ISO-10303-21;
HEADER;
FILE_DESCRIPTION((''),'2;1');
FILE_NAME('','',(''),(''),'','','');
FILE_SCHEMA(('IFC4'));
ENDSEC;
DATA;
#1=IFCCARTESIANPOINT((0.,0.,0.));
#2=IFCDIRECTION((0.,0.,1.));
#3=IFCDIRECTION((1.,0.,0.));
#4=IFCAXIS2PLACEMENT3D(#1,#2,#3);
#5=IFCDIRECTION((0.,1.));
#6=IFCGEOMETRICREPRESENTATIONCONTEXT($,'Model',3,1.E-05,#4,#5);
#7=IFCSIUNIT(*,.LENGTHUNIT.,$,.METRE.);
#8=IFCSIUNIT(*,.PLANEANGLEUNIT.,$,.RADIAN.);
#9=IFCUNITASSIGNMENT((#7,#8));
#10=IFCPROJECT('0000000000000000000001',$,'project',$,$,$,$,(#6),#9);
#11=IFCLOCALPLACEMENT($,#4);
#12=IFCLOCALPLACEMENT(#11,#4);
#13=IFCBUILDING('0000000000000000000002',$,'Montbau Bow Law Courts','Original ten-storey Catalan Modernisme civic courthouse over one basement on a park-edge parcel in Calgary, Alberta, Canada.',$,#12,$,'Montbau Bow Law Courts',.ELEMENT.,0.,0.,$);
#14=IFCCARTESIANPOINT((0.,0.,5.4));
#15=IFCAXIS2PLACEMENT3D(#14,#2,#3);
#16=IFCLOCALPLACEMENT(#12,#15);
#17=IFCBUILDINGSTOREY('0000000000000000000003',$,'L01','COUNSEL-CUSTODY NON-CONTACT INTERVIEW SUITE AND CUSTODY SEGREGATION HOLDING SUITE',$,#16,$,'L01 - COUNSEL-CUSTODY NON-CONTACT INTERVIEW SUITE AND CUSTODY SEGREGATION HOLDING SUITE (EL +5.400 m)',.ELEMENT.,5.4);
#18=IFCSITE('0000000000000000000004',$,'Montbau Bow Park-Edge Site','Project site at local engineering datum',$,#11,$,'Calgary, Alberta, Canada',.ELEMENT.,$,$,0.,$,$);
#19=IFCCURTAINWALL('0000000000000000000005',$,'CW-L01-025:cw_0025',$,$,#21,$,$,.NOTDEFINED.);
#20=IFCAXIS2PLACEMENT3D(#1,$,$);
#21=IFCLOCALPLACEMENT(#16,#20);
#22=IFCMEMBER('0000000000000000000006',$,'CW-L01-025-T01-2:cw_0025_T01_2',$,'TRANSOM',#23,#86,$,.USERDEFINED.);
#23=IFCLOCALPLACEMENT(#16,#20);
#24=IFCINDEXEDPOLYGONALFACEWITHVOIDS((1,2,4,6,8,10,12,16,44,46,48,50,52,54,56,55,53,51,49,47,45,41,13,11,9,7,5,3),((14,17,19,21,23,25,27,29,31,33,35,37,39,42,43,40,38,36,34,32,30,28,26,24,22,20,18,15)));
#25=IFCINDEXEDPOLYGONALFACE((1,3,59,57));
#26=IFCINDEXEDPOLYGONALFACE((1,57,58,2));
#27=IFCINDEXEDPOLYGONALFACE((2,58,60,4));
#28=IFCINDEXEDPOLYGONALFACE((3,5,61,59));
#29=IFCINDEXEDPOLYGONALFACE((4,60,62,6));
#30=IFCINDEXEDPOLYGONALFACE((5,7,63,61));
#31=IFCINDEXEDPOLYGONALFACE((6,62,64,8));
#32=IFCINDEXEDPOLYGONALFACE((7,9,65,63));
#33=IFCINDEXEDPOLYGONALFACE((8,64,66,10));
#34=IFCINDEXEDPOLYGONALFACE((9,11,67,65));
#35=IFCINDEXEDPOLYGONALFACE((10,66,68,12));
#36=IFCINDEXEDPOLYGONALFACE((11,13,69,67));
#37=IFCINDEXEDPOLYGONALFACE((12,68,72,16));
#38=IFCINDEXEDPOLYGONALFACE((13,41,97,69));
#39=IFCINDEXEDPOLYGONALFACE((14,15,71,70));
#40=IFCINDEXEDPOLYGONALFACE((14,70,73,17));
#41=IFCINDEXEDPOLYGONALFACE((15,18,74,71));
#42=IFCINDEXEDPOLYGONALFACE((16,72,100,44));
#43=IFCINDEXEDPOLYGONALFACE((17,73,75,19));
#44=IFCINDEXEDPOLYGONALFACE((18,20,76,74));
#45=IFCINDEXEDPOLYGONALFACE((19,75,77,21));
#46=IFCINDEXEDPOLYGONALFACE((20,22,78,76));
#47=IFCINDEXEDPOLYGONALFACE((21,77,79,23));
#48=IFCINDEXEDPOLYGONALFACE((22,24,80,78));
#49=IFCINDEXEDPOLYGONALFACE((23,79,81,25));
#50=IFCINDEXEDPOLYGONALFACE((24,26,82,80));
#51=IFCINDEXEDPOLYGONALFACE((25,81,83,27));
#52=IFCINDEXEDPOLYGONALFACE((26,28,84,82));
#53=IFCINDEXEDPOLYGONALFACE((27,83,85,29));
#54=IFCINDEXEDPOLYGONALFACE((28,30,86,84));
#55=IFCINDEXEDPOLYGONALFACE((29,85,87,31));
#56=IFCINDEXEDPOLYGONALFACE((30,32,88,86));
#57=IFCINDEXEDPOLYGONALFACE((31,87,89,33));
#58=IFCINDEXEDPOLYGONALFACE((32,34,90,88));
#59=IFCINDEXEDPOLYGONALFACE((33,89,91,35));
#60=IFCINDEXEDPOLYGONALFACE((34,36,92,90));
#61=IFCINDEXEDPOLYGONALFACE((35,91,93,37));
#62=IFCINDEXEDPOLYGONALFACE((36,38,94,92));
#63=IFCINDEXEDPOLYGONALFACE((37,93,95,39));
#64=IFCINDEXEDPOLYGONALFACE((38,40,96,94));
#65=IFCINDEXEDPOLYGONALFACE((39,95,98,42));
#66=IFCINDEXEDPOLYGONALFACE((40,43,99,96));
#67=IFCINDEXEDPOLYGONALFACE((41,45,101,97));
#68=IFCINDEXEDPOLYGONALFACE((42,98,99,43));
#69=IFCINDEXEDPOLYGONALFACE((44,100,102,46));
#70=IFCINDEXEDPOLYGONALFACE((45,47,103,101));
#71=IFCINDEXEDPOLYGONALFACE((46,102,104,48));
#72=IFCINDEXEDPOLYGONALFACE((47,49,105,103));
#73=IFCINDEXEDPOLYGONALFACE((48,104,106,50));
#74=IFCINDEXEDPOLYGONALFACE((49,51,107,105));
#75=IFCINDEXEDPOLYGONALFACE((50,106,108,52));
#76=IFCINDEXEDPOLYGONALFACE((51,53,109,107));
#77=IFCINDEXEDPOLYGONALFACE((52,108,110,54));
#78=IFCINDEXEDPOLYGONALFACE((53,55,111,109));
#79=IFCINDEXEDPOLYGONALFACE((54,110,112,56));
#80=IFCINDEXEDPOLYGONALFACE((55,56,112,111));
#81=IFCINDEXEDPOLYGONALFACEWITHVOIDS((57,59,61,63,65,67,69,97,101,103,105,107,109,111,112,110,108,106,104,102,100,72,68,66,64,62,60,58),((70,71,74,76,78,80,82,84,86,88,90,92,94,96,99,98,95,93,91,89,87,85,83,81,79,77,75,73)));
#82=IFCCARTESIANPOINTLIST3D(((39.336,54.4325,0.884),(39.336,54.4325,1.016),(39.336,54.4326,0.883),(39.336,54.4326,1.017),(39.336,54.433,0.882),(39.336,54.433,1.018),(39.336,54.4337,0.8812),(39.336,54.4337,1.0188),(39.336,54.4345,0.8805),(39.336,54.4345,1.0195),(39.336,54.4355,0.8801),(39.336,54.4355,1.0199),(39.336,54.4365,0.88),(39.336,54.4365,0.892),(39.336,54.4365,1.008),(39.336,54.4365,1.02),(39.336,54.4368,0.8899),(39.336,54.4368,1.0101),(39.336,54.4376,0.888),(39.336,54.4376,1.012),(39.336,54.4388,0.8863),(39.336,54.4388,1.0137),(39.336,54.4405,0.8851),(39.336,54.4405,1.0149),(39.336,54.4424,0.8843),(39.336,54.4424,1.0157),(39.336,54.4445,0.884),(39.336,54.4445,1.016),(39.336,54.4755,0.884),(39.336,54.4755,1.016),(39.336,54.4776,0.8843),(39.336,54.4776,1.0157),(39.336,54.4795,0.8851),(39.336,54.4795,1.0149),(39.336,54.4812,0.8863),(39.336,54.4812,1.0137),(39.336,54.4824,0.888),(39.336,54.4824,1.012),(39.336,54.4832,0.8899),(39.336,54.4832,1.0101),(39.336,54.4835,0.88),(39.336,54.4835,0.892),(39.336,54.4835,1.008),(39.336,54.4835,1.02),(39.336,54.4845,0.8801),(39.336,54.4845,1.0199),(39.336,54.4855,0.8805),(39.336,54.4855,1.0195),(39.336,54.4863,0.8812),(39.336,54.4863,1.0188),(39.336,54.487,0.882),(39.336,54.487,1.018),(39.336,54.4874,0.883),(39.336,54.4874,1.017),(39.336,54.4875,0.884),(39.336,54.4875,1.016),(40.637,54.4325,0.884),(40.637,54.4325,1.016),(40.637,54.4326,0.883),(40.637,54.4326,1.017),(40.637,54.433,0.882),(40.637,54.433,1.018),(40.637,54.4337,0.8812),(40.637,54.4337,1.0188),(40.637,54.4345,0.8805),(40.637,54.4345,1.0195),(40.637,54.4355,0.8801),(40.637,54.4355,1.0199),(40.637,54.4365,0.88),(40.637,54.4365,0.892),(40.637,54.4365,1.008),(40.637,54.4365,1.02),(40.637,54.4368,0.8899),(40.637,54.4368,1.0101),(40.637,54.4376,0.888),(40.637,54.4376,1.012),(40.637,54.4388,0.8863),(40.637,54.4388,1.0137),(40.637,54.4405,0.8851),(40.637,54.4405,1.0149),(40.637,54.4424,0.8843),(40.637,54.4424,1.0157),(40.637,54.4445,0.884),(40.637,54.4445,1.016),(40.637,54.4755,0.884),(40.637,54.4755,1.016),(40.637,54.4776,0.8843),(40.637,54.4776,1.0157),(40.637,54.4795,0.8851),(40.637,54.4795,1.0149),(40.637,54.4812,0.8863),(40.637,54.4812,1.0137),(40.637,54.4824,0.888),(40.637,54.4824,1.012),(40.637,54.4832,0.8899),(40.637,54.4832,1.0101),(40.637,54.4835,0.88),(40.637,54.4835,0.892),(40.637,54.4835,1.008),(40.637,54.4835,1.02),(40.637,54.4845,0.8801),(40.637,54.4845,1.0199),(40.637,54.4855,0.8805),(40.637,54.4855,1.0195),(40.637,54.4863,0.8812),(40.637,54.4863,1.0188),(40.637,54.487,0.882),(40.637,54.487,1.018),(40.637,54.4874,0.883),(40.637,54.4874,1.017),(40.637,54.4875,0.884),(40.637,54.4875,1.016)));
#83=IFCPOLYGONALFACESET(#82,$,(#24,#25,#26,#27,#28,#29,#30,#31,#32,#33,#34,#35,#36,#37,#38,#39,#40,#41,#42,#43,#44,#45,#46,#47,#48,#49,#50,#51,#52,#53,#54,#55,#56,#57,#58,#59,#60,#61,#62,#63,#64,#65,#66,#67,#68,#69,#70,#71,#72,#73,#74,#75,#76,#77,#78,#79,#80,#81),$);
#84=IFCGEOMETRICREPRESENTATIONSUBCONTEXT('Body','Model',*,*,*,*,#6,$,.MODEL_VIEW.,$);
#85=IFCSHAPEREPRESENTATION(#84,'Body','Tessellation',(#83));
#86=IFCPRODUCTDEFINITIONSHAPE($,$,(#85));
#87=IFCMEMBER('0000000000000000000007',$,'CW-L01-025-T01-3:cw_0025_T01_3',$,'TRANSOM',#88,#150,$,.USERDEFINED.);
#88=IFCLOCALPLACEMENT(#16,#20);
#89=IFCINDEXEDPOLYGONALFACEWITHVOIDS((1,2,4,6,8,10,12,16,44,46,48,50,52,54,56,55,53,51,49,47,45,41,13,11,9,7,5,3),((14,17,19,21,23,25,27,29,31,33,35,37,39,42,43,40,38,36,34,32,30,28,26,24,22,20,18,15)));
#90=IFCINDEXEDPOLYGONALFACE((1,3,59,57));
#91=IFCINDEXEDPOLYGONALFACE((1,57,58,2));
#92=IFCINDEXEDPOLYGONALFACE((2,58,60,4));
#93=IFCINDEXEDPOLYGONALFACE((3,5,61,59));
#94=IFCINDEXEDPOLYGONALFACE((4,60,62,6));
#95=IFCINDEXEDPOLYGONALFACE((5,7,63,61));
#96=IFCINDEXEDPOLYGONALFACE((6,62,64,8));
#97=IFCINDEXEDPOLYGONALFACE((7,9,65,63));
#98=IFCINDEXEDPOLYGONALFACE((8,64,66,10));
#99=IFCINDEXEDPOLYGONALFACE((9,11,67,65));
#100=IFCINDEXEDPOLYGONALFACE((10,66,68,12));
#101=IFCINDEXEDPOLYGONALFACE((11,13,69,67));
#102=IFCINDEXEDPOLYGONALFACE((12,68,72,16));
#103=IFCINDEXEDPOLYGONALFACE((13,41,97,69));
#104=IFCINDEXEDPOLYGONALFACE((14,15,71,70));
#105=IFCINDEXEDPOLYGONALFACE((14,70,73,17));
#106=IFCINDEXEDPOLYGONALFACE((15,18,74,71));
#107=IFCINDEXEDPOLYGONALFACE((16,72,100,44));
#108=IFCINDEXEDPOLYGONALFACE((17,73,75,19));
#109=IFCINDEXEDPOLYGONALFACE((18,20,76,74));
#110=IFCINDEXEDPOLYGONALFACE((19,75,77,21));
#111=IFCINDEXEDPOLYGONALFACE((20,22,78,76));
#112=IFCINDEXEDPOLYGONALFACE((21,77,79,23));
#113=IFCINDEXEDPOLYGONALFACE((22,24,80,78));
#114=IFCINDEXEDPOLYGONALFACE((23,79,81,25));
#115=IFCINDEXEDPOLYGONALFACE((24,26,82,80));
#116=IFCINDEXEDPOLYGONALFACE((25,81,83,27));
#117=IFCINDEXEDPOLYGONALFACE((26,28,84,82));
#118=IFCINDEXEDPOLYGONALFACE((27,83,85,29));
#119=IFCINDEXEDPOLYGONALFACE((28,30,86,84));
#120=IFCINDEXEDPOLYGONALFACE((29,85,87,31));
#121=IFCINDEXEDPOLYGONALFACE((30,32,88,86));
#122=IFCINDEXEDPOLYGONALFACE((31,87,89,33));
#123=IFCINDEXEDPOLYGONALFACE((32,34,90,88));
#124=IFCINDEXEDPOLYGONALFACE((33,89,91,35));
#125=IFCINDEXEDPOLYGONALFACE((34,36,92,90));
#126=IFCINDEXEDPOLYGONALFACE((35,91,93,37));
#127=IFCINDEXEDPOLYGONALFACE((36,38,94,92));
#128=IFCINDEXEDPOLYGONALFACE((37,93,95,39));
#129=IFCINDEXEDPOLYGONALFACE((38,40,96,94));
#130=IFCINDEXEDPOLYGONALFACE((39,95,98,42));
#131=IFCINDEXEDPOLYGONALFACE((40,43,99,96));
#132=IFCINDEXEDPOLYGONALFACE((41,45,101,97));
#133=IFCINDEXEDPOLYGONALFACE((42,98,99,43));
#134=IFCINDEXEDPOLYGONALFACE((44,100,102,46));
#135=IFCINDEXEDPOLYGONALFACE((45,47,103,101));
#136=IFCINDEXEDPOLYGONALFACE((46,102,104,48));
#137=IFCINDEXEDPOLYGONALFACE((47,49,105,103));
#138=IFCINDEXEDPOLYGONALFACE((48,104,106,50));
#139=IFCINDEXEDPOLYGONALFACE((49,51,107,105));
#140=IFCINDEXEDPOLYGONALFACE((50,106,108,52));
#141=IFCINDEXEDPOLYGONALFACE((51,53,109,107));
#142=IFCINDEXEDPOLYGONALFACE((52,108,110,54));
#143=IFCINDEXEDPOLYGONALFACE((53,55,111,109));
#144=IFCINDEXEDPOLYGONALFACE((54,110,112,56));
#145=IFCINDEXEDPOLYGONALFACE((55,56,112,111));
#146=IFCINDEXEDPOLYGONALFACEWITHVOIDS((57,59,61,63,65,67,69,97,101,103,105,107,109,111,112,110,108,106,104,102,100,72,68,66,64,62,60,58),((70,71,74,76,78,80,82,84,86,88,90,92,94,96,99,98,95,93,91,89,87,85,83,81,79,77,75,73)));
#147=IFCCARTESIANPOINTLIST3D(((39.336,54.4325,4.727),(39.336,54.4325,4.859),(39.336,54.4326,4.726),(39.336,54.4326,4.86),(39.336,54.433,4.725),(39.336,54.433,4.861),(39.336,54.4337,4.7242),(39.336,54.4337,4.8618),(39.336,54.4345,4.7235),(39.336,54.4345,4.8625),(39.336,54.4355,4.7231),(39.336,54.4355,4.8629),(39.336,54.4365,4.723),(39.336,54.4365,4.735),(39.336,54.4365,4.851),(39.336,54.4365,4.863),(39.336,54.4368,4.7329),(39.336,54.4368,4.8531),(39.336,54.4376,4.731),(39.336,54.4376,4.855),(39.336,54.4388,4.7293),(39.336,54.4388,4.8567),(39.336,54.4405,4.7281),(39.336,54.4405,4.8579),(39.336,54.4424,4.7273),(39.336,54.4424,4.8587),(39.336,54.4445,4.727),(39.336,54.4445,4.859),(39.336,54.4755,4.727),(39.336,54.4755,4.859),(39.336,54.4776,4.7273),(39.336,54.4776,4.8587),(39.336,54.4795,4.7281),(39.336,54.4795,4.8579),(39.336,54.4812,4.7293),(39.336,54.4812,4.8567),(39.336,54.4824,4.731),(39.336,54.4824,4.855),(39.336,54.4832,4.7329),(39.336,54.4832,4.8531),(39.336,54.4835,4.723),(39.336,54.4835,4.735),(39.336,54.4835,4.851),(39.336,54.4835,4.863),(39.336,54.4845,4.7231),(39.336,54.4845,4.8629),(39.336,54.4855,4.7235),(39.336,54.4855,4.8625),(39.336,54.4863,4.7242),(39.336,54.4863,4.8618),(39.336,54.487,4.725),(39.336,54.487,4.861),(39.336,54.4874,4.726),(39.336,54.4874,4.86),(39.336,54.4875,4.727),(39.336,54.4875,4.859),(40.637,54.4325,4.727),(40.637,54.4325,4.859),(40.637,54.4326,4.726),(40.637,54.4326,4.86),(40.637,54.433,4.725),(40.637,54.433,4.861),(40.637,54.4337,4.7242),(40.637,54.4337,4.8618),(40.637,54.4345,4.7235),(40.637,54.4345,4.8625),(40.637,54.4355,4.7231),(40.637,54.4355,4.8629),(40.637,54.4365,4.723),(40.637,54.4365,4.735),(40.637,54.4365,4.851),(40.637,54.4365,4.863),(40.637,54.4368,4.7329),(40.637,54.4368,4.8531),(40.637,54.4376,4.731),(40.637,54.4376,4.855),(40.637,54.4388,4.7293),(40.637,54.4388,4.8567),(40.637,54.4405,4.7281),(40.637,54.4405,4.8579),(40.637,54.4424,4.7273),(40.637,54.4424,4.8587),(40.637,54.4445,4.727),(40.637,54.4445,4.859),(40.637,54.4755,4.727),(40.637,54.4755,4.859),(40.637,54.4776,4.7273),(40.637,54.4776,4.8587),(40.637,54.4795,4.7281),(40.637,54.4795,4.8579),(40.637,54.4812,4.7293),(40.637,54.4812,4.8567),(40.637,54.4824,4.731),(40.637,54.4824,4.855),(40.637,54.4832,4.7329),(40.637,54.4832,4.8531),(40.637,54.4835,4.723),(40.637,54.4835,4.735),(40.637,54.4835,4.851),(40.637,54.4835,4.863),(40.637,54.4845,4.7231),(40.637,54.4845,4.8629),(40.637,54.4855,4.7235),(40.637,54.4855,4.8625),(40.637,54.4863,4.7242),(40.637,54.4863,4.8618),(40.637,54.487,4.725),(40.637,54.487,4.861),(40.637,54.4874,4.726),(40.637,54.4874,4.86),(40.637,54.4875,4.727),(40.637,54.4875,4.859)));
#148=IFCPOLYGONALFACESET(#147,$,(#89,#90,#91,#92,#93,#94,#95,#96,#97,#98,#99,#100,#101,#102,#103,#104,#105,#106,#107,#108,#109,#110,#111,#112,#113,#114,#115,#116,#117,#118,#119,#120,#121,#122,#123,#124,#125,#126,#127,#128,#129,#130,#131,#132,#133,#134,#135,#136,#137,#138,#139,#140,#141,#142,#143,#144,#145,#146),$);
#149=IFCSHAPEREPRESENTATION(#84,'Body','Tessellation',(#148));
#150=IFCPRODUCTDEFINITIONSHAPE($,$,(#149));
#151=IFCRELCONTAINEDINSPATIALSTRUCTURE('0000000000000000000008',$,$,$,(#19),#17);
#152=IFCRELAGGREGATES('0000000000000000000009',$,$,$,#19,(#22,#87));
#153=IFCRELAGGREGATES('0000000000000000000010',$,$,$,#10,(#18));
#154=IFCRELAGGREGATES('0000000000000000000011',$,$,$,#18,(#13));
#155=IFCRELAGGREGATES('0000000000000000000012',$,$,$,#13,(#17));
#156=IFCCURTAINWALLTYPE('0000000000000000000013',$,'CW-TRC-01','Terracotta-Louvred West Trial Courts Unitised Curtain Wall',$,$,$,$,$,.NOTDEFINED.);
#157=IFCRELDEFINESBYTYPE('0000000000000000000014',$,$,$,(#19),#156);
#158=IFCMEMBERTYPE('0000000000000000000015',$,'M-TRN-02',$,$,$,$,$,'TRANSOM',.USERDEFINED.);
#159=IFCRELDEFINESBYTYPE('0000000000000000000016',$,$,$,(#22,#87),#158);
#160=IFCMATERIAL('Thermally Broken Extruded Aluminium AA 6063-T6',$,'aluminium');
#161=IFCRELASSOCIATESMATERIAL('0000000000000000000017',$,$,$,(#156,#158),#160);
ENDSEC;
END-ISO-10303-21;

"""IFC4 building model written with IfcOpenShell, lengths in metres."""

from ifc_helpers import new_model, si_unit, direction, frame, origin_with_axes, origin_2d_with_axis, place, context, subcontext, project, spatial, hollow_rectangle, extrude, material, material_profile, profile_set, type_object, element, aggregate, save


model = new_model("IFC4")

# Units and contexts
model_context = context("Model", 3, precision=1e-05, world=origin_with_axes(), true_north=direction((0.0, 1.0)))
body_context = subcontext(model_context, "Body", "Model", "MODEL_VIEW")
ifc_project = project(units=[si_unit("LENGTHUNIT", "METRE"), si_unit("PLANEANGLEUNIT", "RADIAN")], contexts=[model_context])

# Site, building, storey
site_placement = place(None, origin_with_axes())
site = spatial("IfcSite", under=ifc_project, at=site_placement, Name="Montbau Bow Park-Edge Site", Description="Project site at local engineering datum", LongName="Calgary, Alberta, Canada", CompositionType="ELEMENT", RefElevation=0.0)
building_placement = place(site_placement, origin_with_axes())
building = spatial("IfcBuilding", under=site, at=building_placement, Name="Montbau Bow Law Courts", Description="Original ten-storey Catalan Modernisme civic courthouse over one basement on a park-edge parcel in Calgary, Alberta, Canada.", LongName="Montbau Bow Law Courts", CompositionType="ELEMENT", ElevationOfRefHeight=0.0, ElevationOfTerrain=0.0)
storey_placement = place(building_placement, frame((0.0, 0.0, 5.4), z_axis=(0.0, 0.0, 1.0), x_axis=(1.0, 0.0, 0.0)))
storey = spatial("IfcBuildingStorey", under=building, at=storey_placement, Name="L01", Description="COUNSEL-CUSTODY NON-CONTACT INTERVIEW SUITE AND CUSTODY SEGREGATION HOLDING SUITE", LongName="L01 - COUNSEL-CUSTODY NON-CONTACT INTERVIEW SUITE AND CUSTODY SEGREGATION HOLDING SUITE (EL +5.400 m)", CompositionType="ELEMENT", Elevation=5.4)

# Curtain wall
ifc_material_1 = material(Name="Thermally Broken Extruded Aluminium AA 6063-T6", Category="aluminium")
curtain_wall_type = type_object("IfcCurtainWallType", Name="CW-TRC-01", Description="Terracotta-Louvred West Trial Courts Unitised Curtain Wall", PredefinedType="NOTDEFINED", material=ifc_material_1)
curtain_wall_1_placement = place(None, frame((39.268, 54.46, 5.4), z_axis=(0.0, 0.0, 1.0), x_axis=(1.0, 0.0, 0.0)))
curtain_wall_1 = element("IfcCurtainWall", 1, at=curtain_wall_1_placement, inside=storey, type_object=curtain_wall_type, Name="CW-L01-025:cw_0025", PredefinedType="NOTDEFINED")

# Members
ifc_material_profile_1 = material_profile(ifc_material_1, hollow_rectangle(XDim=0.055, YDim=0.14, WallThickness=0.004, InnerFilletRadius=0.008, OuterFilletRadius=0.004, at=origin_2d_with_axis()), Name="CWT-140X55", Category="Main", Priority=0)
ifc_profile_set_1 = profile_set([ifc_material_profile_1], Name="Thermally Broken Extruded Aluminium AA 6063-T6")
member_type_1 = type_object("IfcMemberType", Name="M-TRN-02", ElementType="TRANSOM", PredefinedType="USERDEFINED", material=ifc_profile_set_1)
member_1_placement = place(None, frame((39.336, 54.46, 6.35), z_axis=(1.0, 0.0, 0.0), x_axis=(0.0, 1.0, 0.0)))
member_1 = element("IfcMember", 2, at=member_1_placement, type_object=member_type_1, Name="CW-L01-025-T01-2:cw_0025_T01_2", ObjectType="TRANSOM", PredefinedType="USERDEFINED", context=body_context, shape_type="SweptSolid", body=[
    extrude(hollow_rectangle(XDim=0.055, YDim=0.14, WallThickness=0.004, InnerFilletRadius=0.008, OuterFilletRadius=0.004, at=origin_2d_with_axis()), origin_with_axes(), (0.0, 0.0, 1.0), 1.301),
])
member_2_placement = place(None, frame((39.336, 54.46, 10.193), z_axis=(1.0, 0.0, 0.0), x_axis=(0.0, 1.0, 0.0)))
member_2 = element("IfcMember", 3, at=member_2_placement, type_object=member_type_1, Name="CW-L01-025-T01-3:cw_0025_T01_3", ObjectType="TRANSOM", PredefinedType="USERDEFINED", context=body_context, shape_type="SweptSolid", body=[
    extrude(hollow_rectangle(XDim=0.055, YDim=0.14, WallThickness=0.004, InnerFilletRadius=0.008, OuterFilletRadius=0.004, at=origin_2d_with_axis()), origin_with_axes(), (0.0, 0.0, 1.0), 1.301),
])

aggregate(curtain_wall_1, [member_1, member_2])

save(model, "model.ifc")
